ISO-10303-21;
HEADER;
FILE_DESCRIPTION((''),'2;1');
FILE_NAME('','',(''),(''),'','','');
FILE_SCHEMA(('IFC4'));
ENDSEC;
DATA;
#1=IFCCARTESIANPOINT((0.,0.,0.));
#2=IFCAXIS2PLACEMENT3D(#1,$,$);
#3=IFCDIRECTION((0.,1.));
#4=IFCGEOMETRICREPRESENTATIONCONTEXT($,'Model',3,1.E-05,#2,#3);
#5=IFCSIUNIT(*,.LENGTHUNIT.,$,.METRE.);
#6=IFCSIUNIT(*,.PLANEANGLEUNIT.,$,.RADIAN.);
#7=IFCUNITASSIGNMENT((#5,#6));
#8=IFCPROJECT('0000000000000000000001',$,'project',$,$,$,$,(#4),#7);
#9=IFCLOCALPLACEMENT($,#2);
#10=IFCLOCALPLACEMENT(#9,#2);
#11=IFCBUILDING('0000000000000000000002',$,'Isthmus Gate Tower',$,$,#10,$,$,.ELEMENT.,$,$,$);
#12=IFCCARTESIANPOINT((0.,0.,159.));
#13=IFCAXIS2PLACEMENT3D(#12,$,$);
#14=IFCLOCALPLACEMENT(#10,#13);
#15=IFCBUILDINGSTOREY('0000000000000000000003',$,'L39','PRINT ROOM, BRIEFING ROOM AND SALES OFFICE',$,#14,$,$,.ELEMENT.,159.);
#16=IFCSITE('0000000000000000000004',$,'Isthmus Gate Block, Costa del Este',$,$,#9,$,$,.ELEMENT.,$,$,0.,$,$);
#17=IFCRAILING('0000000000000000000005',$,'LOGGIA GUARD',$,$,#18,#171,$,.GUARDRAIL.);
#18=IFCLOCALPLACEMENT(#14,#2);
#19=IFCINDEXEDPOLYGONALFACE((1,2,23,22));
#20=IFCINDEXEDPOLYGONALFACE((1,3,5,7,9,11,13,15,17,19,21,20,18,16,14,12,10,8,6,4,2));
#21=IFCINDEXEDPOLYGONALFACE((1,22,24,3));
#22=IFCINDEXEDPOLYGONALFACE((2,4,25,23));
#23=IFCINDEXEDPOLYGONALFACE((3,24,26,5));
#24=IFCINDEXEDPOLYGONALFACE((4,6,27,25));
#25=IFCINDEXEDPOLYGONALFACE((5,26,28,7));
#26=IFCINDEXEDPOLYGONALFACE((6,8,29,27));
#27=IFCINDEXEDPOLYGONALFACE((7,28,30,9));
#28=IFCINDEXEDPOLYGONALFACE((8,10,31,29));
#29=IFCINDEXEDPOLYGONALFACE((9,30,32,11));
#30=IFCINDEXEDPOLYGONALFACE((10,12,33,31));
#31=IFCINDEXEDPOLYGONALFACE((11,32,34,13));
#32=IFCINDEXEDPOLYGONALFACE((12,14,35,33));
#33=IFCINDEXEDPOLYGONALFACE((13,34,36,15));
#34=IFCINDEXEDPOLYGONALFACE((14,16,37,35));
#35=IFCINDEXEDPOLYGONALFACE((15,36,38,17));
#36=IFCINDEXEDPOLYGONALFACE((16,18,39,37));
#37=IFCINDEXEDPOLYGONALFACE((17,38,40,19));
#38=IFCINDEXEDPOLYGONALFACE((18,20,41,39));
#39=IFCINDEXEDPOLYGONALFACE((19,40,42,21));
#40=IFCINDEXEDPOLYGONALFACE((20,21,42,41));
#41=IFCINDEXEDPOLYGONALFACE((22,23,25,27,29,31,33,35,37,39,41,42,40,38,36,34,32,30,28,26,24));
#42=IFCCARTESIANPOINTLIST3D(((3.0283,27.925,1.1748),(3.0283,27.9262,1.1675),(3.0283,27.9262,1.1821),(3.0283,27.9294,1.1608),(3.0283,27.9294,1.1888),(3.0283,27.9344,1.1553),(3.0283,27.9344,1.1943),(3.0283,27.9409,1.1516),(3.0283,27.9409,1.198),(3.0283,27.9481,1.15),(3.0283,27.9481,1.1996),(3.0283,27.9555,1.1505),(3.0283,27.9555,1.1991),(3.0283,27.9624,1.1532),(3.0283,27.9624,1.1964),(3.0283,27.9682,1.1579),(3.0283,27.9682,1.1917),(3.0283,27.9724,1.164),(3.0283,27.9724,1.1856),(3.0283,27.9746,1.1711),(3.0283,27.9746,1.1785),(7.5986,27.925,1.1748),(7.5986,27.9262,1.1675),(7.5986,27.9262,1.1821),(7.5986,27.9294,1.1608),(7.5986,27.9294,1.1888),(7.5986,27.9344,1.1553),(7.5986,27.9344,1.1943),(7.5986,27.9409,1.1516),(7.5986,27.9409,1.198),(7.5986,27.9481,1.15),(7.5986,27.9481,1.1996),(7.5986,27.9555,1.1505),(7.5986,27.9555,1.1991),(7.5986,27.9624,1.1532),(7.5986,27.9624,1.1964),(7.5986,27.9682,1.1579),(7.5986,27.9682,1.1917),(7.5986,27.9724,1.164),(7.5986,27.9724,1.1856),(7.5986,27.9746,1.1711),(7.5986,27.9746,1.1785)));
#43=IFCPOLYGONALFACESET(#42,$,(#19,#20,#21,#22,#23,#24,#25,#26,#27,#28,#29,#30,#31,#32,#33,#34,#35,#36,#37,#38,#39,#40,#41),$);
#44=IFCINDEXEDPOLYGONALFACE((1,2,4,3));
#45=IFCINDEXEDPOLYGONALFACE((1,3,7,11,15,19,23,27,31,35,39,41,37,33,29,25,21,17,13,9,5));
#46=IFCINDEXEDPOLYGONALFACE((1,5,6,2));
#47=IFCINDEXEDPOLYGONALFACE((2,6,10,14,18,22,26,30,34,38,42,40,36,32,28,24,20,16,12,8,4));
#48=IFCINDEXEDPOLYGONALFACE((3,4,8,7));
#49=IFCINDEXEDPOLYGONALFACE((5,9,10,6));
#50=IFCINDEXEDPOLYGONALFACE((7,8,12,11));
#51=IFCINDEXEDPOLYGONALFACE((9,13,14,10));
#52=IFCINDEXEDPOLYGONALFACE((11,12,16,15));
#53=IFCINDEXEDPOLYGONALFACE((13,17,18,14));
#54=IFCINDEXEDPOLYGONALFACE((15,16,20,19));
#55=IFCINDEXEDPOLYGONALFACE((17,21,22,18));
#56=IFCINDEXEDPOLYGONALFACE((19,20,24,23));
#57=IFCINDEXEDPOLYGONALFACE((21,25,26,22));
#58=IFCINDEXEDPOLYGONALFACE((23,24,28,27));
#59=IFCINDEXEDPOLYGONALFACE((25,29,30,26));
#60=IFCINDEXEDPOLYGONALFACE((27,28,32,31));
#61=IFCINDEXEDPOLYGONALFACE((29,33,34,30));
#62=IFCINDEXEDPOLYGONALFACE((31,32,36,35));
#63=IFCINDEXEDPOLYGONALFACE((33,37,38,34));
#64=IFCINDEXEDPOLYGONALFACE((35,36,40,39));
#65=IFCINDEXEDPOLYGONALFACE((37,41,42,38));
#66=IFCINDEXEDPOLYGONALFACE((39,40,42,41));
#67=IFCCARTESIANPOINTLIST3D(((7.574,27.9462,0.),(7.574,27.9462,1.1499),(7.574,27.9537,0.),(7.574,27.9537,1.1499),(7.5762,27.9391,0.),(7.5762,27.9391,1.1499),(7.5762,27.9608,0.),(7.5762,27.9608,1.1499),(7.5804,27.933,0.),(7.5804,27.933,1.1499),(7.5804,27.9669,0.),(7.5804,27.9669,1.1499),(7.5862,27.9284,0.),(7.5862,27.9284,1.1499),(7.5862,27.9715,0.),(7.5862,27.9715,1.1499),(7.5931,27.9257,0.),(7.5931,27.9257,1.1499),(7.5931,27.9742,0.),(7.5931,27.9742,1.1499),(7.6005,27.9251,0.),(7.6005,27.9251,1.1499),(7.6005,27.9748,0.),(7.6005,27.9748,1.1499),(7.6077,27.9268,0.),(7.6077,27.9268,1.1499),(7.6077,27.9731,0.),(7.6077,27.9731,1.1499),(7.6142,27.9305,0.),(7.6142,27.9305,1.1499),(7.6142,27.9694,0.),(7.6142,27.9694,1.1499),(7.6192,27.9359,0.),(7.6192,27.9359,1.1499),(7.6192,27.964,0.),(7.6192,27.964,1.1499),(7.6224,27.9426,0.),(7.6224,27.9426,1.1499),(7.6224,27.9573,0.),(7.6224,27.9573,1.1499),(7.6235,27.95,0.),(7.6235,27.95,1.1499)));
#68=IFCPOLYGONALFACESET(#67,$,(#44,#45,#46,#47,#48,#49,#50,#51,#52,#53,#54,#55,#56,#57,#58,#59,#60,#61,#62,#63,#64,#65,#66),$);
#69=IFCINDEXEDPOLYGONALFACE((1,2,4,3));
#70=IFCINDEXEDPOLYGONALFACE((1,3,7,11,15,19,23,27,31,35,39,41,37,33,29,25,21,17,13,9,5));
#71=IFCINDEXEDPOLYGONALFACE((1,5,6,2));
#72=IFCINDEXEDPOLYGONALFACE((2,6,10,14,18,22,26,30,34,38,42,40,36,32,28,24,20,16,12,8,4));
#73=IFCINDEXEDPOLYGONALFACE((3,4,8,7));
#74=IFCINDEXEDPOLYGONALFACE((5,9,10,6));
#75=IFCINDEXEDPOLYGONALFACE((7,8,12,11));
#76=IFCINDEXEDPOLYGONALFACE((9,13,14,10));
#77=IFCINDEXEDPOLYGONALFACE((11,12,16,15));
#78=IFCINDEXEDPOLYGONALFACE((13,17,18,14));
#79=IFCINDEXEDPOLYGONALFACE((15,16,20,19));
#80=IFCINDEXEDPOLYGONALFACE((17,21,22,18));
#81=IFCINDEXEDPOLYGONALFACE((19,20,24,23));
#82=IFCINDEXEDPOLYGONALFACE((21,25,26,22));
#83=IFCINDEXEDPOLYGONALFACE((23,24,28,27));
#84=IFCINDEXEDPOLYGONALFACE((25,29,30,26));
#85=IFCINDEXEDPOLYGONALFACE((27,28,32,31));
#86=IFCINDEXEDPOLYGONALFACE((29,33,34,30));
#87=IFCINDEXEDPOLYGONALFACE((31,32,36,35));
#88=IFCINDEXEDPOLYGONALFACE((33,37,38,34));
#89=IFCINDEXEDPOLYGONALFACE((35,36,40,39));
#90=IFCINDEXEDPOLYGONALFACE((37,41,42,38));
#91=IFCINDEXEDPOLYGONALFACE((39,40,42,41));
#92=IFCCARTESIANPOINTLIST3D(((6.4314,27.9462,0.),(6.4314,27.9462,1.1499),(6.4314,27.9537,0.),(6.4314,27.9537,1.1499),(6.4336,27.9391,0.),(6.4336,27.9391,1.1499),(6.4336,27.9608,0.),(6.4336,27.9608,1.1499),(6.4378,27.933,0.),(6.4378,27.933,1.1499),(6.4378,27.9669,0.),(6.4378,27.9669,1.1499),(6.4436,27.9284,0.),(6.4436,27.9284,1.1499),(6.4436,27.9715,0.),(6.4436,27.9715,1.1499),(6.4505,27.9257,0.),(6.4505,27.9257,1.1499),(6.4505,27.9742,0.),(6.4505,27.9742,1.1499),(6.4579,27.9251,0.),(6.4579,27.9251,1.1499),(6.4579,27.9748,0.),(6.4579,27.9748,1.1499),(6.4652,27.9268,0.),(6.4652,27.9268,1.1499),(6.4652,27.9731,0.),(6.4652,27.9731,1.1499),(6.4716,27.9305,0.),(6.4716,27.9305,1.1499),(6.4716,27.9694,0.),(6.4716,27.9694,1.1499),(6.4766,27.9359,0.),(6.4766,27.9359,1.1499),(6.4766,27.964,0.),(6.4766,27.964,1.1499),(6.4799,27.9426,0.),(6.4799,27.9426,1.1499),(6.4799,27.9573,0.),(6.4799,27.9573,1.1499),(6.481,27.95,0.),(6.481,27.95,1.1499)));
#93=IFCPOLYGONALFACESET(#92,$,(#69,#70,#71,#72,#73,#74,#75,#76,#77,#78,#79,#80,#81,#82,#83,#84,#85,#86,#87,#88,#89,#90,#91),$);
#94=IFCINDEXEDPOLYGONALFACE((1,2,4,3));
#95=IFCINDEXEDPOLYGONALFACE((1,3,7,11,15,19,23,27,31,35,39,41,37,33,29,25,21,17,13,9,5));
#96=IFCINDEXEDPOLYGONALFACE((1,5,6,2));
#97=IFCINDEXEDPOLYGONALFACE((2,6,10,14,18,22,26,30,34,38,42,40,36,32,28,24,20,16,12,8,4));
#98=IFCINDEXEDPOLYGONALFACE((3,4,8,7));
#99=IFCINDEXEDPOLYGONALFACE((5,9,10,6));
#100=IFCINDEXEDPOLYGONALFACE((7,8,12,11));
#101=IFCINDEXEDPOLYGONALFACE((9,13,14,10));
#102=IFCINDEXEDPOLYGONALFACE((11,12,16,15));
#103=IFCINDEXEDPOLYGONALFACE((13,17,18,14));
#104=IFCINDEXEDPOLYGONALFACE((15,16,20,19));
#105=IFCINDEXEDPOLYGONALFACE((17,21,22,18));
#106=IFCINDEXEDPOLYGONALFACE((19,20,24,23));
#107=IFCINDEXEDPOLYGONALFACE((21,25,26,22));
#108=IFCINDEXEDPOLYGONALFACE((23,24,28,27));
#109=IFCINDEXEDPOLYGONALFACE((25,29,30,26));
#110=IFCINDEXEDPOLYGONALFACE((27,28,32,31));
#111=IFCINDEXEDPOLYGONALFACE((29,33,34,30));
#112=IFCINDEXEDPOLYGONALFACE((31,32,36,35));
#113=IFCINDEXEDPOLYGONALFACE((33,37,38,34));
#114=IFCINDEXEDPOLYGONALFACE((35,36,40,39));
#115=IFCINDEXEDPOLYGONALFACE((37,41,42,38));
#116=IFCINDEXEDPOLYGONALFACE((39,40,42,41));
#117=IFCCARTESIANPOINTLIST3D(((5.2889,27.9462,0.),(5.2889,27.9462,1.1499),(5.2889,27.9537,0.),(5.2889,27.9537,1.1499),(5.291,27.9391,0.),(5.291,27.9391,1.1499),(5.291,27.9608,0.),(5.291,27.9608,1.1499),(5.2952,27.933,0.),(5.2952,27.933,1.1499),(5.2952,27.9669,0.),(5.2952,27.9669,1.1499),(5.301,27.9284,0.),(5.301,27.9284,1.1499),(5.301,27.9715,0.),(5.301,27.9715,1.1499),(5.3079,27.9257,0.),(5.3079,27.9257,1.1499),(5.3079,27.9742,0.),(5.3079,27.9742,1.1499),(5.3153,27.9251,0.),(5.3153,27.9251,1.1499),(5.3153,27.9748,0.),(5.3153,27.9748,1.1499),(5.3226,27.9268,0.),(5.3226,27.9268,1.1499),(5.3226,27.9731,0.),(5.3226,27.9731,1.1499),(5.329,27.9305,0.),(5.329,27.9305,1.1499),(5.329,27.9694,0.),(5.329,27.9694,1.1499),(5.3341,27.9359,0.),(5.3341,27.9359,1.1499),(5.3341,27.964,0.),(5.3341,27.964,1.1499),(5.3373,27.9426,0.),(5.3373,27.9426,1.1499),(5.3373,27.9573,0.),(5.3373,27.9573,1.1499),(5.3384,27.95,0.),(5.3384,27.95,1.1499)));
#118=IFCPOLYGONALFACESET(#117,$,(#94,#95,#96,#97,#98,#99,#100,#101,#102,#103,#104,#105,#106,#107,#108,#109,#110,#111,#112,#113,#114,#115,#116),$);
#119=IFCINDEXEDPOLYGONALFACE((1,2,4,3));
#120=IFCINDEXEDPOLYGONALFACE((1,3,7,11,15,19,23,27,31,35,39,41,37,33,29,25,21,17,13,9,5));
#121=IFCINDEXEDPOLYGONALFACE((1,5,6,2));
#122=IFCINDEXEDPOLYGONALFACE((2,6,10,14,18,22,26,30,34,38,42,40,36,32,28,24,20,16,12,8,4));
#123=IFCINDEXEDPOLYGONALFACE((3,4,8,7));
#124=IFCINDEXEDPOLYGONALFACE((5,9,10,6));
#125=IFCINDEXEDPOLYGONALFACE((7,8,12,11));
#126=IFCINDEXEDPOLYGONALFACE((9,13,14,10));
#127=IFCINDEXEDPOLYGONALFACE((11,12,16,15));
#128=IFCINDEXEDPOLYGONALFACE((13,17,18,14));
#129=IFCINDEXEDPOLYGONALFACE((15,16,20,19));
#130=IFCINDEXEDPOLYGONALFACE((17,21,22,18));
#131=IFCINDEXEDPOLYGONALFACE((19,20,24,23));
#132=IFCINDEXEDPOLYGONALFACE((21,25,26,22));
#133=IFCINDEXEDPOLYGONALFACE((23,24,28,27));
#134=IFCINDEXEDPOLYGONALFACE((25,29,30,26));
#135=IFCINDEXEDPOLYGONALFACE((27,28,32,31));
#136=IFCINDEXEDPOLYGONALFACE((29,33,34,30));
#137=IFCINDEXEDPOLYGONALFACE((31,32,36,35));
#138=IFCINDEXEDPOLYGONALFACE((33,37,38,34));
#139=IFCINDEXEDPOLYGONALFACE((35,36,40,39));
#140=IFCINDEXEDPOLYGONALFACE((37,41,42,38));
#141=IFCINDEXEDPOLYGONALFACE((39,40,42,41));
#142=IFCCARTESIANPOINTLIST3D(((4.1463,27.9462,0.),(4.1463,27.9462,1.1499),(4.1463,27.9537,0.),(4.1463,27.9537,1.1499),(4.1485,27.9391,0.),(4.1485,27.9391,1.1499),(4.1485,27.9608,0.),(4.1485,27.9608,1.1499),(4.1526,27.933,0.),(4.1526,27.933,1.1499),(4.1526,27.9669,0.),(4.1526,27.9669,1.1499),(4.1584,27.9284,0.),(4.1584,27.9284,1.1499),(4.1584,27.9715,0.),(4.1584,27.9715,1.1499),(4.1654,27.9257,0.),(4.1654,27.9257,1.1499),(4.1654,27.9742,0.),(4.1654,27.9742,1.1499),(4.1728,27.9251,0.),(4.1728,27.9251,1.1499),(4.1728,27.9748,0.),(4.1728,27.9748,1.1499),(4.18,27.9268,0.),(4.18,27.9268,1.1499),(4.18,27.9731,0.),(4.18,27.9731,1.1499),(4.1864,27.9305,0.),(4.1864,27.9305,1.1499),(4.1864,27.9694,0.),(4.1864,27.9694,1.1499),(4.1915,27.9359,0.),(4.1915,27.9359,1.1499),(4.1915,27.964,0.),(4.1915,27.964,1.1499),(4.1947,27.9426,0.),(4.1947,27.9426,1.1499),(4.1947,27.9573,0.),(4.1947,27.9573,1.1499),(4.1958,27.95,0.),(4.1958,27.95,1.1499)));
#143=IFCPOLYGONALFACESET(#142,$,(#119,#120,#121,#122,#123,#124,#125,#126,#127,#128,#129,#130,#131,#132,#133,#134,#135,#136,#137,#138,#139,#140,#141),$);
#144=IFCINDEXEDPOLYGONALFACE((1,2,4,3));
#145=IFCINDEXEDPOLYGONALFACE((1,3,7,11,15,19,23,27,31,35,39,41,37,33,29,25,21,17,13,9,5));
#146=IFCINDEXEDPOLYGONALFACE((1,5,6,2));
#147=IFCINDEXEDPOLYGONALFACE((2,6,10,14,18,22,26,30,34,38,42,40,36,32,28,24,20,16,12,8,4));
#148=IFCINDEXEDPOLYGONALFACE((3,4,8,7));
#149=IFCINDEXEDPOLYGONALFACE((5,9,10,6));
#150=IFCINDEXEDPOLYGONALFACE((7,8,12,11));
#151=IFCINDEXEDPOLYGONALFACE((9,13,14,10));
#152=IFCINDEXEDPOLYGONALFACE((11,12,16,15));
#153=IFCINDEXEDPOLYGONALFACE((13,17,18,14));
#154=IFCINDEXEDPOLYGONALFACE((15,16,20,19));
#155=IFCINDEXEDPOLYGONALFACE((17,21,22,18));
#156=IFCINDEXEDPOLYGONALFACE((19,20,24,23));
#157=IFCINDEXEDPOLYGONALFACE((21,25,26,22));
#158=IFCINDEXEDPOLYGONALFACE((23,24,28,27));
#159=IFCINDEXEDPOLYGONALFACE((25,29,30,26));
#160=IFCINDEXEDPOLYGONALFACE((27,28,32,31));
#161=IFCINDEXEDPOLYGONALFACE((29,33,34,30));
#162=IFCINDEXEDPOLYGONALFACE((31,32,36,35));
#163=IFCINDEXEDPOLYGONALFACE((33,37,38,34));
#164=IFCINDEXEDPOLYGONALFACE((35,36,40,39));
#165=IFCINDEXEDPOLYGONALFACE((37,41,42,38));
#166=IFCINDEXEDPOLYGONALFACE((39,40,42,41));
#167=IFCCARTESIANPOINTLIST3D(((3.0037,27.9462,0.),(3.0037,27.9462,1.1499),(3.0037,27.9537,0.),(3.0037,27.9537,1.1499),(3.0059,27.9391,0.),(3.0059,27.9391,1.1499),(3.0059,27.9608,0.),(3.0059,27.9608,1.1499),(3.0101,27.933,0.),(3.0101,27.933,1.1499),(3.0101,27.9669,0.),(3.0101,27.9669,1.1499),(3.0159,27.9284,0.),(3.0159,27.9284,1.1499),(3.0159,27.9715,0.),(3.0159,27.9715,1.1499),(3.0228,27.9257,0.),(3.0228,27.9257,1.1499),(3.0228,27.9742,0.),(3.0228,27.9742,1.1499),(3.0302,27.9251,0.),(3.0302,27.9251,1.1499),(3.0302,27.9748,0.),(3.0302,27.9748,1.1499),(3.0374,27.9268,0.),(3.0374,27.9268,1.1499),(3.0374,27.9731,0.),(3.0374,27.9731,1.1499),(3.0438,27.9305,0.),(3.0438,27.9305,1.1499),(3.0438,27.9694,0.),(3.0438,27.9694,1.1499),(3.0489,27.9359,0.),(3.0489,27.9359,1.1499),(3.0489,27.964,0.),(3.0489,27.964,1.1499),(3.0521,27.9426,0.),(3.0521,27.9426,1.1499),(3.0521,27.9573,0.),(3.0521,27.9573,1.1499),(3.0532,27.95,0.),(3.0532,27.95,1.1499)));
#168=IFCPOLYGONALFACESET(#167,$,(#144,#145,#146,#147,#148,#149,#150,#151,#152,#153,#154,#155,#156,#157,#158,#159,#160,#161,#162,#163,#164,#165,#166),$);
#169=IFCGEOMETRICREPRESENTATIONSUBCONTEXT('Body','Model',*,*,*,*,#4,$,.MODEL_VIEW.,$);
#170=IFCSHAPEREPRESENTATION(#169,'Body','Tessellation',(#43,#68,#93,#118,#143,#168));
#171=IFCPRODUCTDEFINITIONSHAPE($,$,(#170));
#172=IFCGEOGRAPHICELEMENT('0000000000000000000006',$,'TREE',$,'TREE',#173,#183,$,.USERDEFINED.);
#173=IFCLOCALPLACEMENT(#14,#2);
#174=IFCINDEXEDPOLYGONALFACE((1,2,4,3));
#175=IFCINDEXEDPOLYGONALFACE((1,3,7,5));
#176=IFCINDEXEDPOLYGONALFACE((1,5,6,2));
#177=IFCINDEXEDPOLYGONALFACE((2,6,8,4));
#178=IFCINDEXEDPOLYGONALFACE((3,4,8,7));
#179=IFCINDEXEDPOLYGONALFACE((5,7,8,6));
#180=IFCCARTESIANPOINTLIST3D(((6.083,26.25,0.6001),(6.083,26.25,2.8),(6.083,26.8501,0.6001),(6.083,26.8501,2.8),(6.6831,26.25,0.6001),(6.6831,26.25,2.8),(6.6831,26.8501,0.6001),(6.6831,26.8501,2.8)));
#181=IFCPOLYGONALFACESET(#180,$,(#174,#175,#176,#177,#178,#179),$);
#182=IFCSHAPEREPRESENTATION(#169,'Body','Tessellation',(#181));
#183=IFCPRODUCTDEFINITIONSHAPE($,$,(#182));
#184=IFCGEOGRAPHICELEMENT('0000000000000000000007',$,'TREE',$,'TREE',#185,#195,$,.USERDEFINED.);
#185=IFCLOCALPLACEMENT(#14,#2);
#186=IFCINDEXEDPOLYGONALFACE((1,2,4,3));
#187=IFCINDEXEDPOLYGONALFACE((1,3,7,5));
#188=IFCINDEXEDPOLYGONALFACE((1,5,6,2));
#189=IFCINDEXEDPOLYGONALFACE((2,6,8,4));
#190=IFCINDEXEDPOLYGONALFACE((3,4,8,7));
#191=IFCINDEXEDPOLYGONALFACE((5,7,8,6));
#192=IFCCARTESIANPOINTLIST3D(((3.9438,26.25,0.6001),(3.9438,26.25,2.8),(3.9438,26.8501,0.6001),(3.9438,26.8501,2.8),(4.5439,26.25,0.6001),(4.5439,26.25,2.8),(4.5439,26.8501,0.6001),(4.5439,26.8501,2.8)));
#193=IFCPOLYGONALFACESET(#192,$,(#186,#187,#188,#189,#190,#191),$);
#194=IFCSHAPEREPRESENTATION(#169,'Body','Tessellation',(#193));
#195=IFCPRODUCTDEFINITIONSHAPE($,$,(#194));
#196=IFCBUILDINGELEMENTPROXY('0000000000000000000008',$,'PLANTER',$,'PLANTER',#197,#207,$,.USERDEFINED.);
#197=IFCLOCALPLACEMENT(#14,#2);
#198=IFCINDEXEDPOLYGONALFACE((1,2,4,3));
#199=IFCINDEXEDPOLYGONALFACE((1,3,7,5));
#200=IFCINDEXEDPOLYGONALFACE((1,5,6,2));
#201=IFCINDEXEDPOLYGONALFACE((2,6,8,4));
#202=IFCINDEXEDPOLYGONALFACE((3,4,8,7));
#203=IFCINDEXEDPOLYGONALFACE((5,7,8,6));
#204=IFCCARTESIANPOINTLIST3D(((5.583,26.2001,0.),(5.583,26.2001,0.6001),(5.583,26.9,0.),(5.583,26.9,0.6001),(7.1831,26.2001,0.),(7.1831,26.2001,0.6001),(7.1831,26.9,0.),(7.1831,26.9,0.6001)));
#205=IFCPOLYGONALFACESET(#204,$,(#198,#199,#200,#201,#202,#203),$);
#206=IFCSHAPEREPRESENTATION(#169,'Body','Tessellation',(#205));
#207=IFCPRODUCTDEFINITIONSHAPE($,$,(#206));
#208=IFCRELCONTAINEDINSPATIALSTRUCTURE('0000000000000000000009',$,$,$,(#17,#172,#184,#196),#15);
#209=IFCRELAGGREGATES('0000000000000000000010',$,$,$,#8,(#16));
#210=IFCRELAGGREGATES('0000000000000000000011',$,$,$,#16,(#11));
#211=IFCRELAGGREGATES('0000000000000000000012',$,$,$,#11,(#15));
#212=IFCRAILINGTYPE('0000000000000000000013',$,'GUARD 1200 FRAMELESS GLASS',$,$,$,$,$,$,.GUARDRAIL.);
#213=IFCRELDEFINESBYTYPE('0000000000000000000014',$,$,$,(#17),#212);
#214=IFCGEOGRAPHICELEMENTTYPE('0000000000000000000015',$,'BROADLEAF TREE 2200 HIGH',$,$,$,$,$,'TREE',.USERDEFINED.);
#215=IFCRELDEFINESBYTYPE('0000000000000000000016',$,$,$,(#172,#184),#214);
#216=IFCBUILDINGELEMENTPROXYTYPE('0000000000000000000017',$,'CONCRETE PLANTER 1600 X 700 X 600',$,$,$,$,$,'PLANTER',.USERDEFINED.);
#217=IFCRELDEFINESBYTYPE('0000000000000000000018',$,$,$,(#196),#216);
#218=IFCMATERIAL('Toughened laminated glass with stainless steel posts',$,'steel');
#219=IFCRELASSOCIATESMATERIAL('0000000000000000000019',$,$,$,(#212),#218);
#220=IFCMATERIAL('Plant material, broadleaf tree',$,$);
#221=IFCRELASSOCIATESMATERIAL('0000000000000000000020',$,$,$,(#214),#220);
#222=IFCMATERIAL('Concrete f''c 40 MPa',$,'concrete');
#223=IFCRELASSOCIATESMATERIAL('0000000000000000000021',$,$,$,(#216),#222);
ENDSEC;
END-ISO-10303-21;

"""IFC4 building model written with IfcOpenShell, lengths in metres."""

from ifc_helpers import new_model, si_unit, direction, frame, origin, origin_2d, place, context, subcontext, project, spatial, rectangle, circle, extrude, material, type_object, element, save


model = new_model("IFC4")

# Units and contexts
model_context = context("Model", 3, precision=1e-05, world=origin(), true_north=direction((0.0, 1.0)))
body_context = subcontext(model_context, "Body", "Model", "MODEL_VIEW")
ifc_project = project(units=[si_unit("LENGTHUNIT", "METRE"), si_unit("PLANEANGLEUNIT", "RADIAN")], contexts=[model_context])

# Site, building, storey
site_placement = place(None, origin())
site = spatial("IfcSite", under=ifc_project, at=site_placement, Name="Isthmus Gate Block, Costa del Este", CompositionType="ELEMENT", RefElevation=0.0)
building_placement = place(site_placement, origin())
building = spatial("IfcBuilding", under=site, at=building_placement, Name="Isthmus Gate Tower", CompositionType="ELEMENT")
storey_placement = place(building_placement, frame((0.0, 0.0, 159.0)))
storey = spatial("IfcBuildingStorey", under=building, at=storey_placement, Name="L39", Description="PRINT ROOM, BRIEFING ROOM AND SALES OFFICE", CompositionType="ELEMENT", Elevation=159.0)

# Railing
ifc_material_1 = material(Name="Toughened laminated glass with stainless steel posts", Category="steel")
railing_type = type_object("IfcRailingType", Name="GUARD 1200 FRAMELESS GLASS", PredefinedType="GUARDRAIL", material=ifc_material_1)
railing_placement = place(storey_placement, frame((7.5986, 27.95, 0.0)))
element("IfcRailing", 1, at=railing_placement, inside=storey, type_object=railing_type, Name="LOGGIA GUARD", PredefinedType="GUARDRAIL", context=body_context, shape_type="SweptSolid", body=[
    extrude(circle(Radius=0.0249, at=origin_2d()), frame((0.0, 0.0, 1.1748), z_axis=(-1.0, 0.0, 0.0), x_axis=(0.0, -1.0, 0.0)), (0.0, 0.0, 1.0), 4.5703),
    extrude(circle(Radius=0.0249, at=origin_2d()), origin(), (0.0, 0.0, 1.0), 1.1499),
    extrude(circle(Radius=0.0249, at=origin_2d()), frame((-1.1426, 0.0, 0.0)), (0.0, 0.0, 1.0), 1.1499),
    extrude(circle(Radius=0.0249, at=origin_2d()), frame((-2.2852, 0.0, 0.0)), (0.0, 0.0, 1.0), 1.1499),
    extrude(circle(Radius=0.0249, at=origin_2d()), frame((-3.4277, 0.0, 0.0)), (0.0, 0.0, 1.0), 1.1499),
    extrude(circle(Radius=0.0249, at=origin_2d()), frame((-4.5703, 0.0, 0.0)), (0.0, 0.0, 1.0), 1.1499),
])

# Geographic elements
ifc_material_2 = material(Name="Plant material, broadleaf tree")
geographic_element_type = type_object("IfcGeographicElementType", Name="BROADLEAF TREE 2200 HIGH", ElementType="TREE", PredefinedType="USERDEFINED", material=ifc_material_2)
for number, where, z_axis, x_axis, name in (
    (2, (6.3831, 26.55, 0.6001), (0.0, 0.0, 1.0), (-1.0, 0.0, 0.0), "TREE"),
    (3, (4.2439, 26.55, 0.6001), (0.0, 0.0, 1.0), (-1.0, 0.0, 0.0), "TREE"),
):
    element("IfcGeographicElement", number, at=place(storey_placement, frame(where, z_axis=z_axis, x_axis=x_axis)), inside=storey, type_object=geographic_element_type, Name=name, ObjectType="TREE", PredefinedType="USERDEFINED", context=body_context, shape_type="SweptSolid", body=[
        extrude(rectangle(XDim=0.6001, YDim=0.6001, at=origin_2d()), origin(), (0.0, 0.0, 1.0), 2.2),
    ])

# Building element proxy
ifc_material_3 = material(Name="Concrete f'c 40 MPa", Category="concrete")
building_element_proxy_type = type_object("IfcBuildingElementProxyType", Name="CONCRETE PLANTER 1600 X 700 X 600", ElementType="PLANTER", PredefinedType="USERDEFINED", material=ifc_material_3)
for number, where, z_axis, x_axis, name in (
    (4, (6.3831, 26.55, 0.0), (0.0, 0.0, 1.0), (-1.0, 0.0, 0.0), "PLANTER"),
):
    element("IfcBuildingElementProxy", number, at=place(storey_placement, frame(where, z_axis=z_axis, x_axis=x_axis)), inside=storey, type_object=building_element_proxy_type, Name=name, ObjectType="PLANTER", PredefinedType="USERDEFINED", context=body_context, shape_type="SweptSolid", body=[
        extrude(rectangle(XDim=1.6001, YDim=0.7, at=origin_2d()), origin(), (0.0, 0.0, 1.0), 0.6001),
    ])

save(model, "model.ifc")
